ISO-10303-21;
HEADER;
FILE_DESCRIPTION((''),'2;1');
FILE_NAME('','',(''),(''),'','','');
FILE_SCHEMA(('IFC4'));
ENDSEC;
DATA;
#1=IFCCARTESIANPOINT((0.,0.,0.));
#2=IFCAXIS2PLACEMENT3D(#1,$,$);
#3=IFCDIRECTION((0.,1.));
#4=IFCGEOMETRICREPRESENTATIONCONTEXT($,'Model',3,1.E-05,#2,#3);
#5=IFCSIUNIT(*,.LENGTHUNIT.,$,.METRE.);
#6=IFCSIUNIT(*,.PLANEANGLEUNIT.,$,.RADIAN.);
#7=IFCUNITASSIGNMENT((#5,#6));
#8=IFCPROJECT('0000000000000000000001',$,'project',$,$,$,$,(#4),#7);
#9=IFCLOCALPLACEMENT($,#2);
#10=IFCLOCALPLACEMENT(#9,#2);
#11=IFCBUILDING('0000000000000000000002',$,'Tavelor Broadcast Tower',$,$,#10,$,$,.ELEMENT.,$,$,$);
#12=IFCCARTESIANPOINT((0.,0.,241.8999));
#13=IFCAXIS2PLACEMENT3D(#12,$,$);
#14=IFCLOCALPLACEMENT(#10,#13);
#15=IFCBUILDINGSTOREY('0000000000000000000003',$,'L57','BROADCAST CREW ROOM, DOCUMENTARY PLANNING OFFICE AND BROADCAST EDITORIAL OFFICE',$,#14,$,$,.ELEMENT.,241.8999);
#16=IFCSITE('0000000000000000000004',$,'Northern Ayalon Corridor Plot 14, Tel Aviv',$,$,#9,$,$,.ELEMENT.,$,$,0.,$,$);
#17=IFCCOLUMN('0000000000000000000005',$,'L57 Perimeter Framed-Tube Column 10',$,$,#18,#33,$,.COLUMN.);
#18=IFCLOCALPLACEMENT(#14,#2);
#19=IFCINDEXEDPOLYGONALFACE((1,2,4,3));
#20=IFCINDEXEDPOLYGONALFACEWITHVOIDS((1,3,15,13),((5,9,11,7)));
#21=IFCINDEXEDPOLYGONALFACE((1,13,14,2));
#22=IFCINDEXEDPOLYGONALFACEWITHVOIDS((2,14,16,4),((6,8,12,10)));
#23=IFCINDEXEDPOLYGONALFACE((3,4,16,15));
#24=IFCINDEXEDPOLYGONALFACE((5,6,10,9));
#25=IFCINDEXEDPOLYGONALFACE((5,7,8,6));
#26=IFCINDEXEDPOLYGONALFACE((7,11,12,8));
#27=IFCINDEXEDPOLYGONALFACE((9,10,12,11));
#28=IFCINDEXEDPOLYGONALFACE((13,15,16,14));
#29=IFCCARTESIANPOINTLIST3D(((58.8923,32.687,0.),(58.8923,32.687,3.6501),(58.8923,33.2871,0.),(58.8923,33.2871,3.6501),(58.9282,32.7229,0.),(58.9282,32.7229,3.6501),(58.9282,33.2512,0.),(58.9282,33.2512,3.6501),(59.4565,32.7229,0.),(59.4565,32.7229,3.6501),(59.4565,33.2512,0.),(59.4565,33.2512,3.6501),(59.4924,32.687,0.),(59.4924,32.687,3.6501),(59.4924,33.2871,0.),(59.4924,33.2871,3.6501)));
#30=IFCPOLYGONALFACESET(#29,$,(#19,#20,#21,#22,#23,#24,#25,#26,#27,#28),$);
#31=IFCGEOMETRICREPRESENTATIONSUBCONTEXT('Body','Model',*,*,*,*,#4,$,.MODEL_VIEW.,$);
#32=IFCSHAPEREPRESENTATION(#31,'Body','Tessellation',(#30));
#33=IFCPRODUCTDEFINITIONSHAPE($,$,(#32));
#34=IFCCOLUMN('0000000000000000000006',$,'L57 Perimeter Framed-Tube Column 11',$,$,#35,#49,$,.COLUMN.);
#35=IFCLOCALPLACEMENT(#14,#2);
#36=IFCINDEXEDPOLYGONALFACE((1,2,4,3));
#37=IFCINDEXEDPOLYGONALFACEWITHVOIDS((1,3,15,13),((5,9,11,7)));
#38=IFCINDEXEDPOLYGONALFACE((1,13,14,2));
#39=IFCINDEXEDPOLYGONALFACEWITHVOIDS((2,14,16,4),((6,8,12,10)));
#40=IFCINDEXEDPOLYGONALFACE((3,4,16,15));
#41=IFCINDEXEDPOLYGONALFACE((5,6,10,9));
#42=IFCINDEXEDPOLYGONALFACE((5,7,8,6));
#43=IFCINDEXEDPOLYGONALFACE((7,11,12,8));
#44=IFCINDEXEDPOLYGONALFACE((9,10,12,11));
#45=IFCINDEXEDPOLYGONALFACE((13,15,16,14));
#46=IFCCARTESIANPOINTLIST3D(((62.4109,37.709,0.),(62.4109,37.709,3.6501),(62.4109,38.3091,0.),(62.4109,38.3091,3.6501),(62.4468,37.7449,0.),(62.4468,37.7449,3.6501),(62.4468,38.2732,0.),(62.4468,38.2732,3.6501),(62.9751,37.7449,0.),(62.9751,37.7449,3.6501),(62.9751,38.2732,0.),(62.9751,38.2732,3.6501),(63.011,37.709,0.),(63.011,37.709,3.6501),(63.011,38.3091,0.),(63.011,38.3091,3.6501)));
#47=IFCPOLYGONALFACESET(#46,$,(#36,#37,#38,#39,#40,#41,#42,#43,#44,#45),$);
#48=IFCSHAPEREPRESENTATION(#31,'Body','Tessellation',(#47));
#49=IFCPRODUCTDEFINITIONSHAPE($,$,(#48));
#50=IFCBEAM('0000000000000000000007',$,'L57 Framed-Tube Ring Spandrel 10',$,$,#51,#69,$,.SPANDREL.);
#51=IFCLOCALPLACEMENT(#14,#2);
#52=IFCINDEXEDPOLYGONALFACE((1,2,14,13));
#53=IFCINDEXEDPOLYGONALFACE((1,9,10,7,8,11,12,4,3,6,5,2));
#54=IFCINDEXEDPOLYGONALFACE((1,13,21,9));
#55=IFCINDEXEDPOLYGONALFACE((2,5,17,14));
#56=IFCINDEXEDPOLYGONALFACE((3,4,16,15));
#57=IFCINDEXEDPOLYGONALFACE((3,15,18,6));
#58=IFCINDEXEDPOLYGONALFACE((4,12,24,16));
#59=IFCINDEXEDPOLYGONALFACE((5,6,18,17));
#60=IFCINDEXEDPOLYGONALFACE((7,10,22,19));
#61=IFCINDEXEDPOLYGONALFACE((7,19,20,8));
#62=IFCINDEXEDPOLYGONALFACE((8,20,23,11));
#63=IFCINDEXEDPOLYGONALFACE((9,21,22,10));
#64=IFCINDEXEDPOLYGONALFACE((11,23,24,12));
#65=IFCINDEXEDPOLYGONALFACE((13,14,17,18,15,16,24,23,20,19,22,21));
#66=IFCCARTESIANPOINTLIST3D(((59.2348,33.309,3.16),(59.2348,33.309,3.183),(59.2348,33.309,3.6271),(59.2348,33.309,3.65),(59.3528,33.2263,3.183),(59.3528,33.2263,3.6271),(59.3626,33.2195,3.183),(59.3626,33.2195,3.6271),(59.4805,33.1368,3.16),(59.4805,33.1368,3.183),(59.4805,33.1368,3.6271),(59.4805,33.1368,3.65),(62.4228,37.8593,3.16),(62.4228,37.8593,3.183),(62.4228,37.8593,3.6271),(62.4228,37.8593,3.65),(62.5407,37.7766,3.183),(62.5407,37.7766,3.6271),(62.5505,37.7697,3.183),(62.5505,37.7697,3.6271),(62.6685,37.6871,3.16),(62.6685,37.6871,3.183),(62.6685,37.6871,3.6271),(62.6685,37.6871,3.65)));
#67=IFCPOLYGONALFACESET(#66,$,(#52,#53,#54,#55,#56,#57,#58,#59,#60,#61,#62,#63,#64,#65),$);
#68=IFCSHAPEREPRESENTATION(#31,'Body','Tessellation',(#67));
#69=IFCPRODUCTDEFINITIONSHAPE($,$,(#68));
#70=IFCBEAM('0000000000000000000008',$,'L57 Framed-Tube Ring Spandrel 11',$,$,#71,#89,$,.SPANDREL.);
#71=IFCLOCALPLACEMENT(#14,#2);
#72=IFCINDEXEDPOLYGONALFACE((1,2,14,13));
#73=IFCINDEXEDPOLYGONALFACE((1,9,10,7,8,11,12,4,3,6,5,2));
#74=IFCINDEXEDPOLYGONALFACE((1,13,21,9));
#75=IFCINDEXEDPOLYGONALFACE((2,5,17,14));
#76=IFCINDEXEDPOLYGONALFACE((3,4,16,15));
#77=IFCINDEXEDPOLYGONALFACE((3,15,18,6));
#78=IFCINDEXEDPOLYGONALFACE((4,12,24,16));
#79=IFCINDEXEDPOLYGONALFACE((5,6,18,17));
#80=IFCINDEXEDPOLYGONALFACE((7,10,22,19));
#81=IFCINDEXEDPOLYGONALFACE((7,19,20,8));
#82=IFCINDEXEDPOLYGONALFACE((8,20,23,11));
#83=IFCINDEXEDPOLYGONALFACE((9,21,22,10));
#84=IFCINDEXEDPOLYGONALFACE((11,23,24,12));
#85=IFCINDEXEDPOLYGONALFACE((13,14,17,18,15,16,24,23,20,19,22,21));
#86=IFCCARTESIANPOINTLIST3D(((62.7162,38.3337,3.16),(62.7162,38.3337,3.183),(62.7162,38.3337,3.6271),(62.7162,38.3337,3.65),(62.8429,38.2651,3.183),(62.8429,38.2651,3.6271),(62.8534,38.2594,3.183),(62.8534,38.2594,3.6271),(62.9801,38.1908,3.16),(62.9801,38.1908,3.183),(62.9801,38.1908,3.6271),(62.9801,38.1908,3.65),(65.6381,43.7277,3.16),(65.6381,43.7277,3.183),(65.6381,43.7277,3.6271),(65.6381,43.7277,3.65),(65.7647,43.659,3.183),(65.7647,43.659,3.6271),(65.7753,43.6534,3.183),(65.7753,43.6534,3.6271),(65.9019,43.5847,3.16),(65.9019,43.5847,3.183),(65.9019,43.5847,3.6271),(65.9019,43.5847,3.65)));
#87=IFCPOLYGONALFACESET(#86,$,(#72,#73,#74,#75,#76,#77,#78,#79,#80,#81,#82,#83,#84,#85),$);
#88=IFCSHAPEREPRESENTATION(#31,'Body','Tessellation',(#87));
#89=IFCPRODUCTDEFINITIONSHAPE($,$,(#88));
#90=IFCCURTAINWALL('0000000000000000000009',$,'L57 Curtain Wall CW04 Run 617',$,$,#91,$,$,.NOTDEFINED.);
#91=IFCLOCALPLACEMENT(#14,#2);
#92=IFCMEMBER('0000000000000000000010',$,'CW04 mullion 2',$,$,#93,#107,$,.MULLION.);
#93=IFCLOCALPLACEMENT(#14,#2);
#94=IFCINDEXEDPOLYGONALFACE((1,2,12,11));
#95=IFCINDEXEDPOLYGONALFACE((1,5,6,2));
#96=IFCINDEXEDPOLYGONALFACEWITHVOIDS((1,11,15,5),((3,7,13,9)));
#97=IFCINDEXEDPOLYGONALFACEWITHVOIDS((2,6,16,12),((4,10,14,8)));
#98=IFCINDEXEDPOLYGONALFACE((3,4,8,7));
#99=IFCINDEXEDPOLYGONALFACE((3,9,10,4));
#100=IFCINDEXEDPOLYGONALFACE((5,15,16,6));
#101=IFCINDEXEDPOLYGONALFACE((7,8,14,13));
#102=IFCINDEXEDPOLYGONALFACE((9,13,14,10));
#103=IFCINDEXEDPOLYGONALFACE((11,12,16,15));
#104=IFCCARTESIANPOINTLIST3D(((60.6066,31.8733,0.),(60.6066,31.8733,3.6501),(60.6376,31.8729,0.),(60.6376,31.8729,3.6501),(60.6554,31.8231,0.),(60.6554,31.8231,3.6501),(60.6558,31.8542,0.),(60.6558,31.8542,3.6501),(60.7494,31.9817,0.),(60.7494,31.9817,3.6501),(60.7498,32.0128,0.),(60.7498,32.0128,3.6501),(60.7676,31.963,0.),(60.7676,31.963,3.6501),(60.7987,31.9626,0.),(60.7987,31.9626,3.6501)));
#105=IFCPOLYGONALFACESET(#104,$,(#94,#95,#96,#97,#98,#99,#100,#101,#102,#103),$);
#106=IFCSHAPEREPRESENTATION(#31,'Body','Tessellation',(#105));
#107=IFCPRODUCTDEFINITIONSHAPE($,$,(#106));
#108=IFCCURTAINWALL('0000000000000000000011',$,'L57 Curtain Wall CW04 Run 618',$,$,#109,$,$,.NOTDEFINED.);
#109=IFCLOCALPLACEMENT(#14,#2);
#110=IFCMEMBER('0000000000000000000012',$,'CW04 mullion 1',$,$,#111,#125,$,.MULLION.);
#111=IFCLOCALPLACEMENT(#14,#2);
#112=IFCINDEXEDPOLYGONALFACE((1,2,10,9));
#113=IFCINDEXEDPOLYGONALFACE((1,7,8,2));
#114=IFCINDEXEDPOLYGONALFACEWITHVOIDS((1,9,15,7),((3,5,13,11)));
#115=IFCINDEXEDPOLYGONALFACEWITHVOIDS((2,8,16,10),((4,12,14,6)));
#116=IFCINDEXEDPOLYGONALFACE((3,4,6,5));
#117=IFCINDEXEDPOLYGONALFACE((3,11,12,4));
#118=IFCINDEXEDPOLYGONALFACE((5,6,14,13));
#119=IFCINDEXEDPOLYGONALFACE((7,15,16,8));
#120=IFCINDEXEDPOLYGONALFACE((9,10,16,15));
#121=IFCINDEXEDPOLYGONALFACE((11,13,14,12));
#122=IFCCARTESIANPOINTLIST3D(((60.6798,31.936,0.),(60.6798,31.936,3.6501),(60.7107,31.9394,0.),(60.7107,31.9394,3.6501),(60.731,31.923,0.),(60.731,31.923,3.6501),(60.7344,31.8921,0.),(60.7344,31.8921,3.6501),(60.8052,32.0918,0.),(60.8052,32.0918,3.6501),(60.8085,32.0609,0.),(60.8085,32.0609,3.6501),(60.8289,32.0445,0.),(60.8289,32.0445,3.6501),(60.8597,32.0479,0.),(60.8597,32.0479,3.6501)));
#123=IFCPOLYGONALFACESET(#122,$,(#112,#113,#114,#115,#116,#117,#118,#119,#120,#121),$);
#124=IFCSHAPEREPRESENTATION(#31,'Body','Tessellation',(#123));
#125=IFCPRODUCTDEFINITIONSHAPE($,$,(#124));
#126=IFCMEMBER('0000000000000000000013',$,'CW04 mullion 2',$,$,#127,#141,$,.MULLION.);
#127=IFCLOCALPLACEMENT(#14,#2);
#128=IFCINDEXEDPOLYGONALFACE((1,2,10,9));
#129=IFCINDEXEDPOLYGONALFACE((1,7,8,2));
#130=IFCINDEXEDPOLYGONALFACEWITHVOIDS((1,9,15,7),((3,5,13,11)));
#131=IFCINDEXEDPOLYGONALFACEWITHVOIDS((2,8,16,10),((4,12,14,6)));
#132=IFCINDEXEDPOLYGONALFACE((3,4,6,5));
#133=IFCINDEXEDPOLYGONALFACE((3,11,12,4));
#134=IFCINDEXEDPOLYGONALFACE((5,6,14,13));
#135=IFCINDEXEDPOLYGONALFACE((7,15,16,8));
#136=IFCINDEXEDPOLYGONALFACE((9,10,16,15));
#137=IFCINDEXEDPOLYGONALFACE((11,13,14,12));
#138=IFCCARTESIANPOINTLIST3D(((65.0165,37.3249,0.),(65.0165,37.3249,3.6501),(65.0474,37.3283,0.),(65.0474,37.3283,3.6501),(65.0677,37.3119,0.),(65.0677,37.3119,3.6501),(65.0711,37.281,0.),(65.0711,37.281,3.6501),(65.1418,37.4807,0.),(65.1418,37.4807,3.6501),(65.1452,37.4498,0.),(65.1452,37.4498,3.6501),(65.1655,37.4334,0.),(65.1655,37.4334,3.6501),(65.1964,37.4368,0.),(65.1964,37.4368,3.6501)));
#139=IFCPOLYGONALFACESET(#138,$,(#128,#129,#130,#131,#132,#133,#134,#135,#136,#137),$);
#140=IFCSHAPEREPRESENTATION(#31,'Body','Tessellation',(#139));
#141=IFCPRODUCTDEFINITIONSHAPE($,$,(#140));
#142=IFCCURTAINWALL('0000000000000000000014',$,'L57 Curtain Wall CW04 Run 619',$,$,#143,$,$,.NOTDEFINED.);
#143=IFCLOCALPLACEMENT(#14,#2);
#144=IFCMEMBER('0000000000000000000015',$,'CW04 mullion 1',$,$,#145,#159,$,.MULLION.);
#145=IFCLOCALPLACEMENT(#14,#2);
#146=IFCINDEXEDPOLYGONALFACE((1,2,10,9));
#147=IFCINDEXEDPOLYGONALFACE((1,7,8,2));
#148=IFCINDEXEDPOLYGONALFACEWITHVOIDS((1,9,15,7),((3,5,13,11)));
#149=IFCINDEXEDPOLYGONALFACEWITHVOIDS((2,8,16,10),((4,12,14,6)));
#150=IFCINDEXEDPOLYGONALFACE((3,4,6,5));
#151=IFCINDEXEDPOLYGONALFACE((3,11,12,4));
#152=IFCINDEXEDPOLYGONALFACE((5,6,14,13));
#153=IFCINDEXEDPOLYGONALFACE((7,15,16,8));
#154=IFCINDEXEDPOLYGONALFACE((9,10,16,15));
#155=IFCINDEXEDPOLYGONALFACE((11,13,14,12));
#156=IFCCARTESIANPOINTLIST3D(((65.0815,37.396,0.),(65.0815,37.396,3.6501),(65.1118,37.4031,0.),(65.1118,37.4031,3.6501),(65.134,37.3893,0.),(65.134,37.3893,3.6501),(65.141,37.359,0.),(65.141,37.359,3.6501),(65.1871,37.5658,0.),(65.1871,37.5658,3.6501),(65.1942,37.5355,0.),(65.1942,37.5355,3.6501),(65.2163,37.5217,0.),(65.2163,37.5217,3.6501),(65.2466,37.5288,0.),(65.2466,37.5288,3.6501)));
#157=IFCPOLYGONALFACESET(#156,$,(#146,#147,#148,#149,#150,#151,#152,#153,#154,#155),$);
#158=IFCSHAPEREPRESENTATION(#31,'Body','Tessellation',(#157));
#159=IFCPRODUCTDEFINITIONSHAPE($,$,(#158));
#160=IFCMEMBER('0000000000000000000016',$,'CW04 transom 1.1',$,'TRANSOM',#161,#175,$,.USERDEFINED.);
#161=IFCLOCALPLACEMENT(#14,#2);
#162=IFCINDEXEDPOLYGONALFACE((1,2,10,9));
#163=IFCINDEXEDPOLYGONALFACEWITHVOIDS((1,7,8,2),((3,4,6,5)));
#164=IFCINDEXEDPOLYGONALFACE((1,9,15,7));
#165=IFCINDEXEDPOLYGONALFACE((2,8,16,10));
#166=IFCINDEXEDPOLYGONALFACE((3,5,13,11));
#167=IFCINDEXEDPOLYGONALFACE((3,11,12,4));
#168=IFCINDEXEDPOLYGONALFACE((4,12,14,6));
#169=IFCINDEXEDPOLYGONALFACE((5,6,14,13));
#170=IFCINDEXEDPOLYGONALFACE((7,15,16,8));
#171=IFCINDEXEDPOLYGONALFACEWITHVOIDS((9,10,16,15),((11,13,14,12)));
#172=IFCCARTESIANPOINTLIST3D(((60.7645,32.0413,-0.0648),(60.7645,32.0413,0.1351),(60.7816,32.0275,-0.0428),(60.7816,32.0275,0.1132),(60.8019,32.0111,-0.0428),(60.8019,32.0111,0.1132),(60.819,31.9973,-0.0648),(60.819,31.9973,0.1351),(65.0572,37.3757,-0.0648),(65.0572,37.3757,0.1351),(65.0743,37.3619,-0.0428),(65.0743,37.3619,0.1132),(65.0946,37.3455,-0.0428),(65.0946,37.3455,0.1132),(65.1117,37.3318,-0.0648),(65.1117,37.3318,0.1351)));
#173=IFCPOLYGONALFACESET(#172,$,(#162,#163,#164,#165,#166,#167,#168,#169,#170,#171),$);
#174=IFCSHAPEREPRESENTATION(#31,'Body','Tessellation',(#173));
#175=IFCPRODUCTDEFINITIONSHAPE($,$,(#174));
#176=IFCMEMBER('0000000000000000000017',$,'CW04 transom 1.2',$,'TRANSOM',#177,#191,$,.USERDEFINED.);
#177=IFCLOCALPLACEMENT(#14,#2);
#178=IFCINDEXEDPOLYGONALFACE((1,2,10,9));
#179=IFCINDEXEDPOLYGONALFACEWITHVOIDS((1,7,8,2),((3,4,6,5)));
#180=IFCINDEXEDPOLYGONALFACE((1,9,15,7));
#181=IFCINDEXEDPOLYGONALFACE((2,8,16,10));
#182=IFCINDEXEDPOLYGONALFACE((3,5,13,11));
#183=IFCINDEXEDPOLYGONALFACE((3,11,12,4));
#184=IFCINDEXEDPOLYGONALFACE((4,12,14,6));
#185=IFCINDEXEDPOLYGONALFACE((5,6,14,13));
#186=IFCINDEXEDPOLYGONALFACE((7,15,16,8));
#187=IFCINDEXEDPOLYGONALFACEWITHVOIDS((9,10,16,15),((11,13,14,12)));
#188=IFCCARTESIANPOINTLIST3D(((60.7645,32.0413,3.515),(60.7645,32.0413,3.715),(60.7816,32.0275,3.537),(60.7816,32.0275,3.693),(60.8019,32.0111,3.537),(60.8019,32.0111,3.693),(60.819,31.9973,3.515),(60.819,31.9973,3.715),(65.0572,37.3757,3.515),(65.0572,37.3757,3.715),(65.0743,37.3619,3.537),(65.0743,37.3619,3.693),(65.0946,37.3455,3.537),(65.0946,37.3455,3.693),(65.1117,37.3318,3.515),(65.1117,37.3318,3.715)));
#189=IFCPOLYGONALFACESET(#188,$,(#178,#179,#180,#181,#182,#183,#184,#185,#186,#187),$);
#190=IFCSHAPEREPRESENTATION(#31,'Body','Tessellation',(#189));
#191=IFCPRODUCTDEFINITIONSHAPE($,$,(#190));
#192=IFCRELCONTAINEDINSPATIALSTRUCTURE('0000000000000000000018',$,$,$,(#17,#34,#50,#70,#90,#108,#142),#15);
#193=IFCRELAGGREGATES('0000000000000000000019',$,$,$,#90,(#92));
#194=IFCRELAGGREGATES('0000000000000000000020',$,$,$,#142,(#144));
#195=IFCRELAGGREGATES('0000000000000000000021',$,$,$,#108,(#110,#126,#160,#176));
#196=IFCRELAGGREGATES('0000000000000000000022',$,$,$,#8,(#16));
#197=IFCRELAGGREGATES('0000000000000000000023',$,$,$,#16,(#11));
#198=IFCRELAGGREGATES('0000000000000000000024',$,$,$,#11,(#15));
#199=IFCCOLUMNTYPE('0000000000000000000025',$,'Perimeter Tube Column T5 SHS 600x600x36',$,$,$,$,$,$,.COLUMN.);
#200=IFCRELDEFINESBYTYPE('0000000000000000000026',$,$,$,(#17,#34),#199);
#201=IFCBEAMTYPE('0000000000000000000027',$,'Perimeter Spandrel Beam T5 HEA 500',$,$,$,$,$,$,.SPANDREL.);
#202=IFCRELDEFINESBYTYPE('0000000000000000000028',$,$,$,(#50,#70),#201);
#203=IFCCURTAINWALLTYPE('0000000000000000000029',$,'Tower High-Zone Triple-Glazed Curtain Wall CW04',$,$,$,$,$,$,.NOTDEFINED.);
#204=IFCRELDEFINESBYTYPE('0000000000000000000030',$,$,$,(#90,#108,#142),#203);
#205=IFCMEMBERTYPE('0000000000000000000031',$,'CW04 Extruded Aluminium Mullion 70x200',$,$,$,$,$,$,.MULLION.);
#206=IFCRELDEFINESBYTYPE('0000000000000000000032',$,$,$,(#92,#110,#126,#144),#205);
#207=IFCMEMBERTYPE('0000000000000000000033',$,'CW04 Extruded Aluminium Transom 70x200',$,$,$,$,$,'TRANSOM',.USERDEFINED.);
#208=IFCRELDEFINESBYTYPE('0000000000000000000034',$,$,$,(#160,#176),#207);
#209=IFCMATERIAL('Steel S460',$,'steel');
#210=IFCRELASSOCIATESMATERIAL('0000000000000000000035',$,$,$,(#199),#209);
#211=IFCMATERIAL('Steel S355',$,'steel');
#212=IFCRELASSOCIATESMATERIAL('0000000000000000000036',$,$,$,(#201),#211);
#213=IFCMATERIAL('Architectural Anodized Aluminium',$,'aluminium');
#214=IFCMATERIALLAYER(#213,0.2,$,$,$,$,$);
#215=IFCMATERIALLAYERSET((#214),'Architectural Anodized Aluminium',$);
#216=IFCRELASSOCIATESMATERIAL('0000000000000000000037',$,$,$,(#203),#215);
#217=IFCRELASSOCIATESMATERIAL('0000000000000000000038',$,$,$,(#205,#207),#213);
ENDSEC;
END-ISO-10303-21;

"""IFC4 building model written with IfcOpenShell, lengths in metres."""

from ifc_helpers import new_model, si_unit, direction, frame, origin, origin_2d, place, context, subcontext, project, spatial, hollow_rectangle, i_section, extrude, source, transform, mapped, material, layer, layer_set, material_profile, profile_set, type_object, type_shapes, element, aggregate, save


model = new_model("IFC4")

# Units and contexts
model_context = context("Model", 3, precision=1e-05, world=origin(), true_north=direction((0.0, 1.0)))
body_context = subcontext(model_context, "Body", "Model", "MODEL_VIEW")
ifc_project = project(units=[si_unit("LENGTHUNIT", "METRE"), si_unit("PLANEANGLEUNIT", "RADIAN")], contexts=[model_context])

# Site, building, storey
site_placement = place(None, origin())
site = spatial("IfcSite", under=ifc_project, at=site_placement, Name="Northern Ayalon Corridor Plot 14, Tel Aviv", CompositionType="ELEMENT", RefElevation=0.0)
building_placement = place(site_placement, origin())
building = spatial("IfcBuilding", under=site, at=building_placement, Name="Tavelor Broadcast Tower", CompositionType="ELEMENT")
storey_placement = place(building_placement, frame((0.0, 0.0, 241.8999)))
storey = spatial("IfcBuildingStorey", under=building, at=storey_placement, Name="L57", Description="BROADCAST CREW ROOM, DOCUMENTARY PLANNING OFFICE AND BROADCAST EDITORIAL OFFICE", CompositionType="ELEMENT", Elevation=241.8999)

# Columns
ifc_material_1 = material(Name="Steel S460", Category="steel")
ifc_material_profile_1 = material_profile(ifc_material_1, hollow_rectangle(XDim=0.6001, YDim=0.6001, WallThickness=0.0359, at=origin_2d()), Name="SHS 600x600x36")
ifc_profile_set_1 = profile_set([ifc_material_profile_1], Name="Steel S460")
column_type = type_object("IfcColumnType", Name="Perimeter Tube Column T5 SHS 600x600x36", PredefinedType="COLUMN", material=ifc_profile_set_1)
for number, where, z_axis, x_axis, name in (
    (1, (59.1924, 32.9871, 0.0), (0.0, 0.0, 1.0), (1.0, 0.0, 0.0), "L57 Perimeter Framed-Tube Column 10"),
    (2, (62.7109, 38.009, 0.0), (0.0, 0.0, 1.0), (1.0, 0.0, 0.0), "L57 Perimeter Framed-Tube Column 11"),
):
    element("IfcColumn", number, at=place(storey_placement, frame(where, z_axis=z_axis, x_axis=x_axis)), inside=storey, type_object=column_type, Name=name, PredefinedType="COLUMN", context=body_context, shape_type="SweptSolid", body=[
        extrude(hollow_rectangle(XDim=0.6001, YDim=0.6001, WallThickness=0.0359, at=origin_2d()), origin(), (0.0, 0.0, 1.0), 3.6501),
    ])

# Beams
ifc_material_2 = material(Name="Steel S355", Category="steel")
ifc_material_profile_2 = material_profile(ifc_material_2, i_section(OverallWidth=0.3, OverallDepth=0.49, WebThickness=0.012, FlangeThickness=0.0229, at=origin_2d()), Name="HEA 500")
ifc_profile_set_2 = profile_set([ifc_material_profile_2], Name="Steel S355")
beam_type = type_object("IfcBeamType", Name="Perimeter Spandrel Beam T5 HEA 500", PredefinedType="SPANDREL", material=ifc_profile_set_2)
beam_1_placement = place(storey_placement, frame((59.3577, 33.2229, 3.405), z_axis=(0.573798, 0.818997, 0.0), x_axis=(-0.818997, 0.573798, 0.0)))
element("IfcBeam", 3, at=beam_1_placement, inside=storey, type_object=beam_type, Name="L57 Framed-Tube Ring Spandrel 10", PredefinedType="SPANDREL", context=body_context, shape_type="SweptSolid", body=[
    extrude(i_section(OverallWidth=0.3, OverallDepth=0.49, WebThickness=0.012, FlangeThickness=0.0229, at=origin_2d()), origin(), (0.0, 0.0, 1.0), 5.5559),
])
beam_2_placement = place(storey_placement, frame((62.8481, 38.2622, 3.405), z_axis=(0.476296, 0.879285, 0.0), x_axis=(-0.879285, 0.476296, 0.0)))
element("IfcBeam", 4, at=beam_2_placement, inside=storey, type_object=beam_type, Name="L57 Framed-Tube Ring Spandrel 11", PredefinedType="SPANDREL", context=body_context, shape_type="SweptSolid", body=[
    extrude(i_section(OverallWidth=0.3, OverallDepth=0.49, WebThickness=0.012, FlangeThickness=0.0229, at=origin_2d()), origin(), (0.0, 0.0, 1.0), 6.1345),
])

# Curtain wall, member
ifc_material_3 = material(Name="Architectural Anodized Aluminium", Category="aluminium")
ifc_layer_1 = layer(ifc_material_3, 0.2)
ifc_layer_set_1 = layer_set([ifc_layer_1], Name="Architectural Anodized Aluminium")
curtain_wall_type = type_object("IfcCurtainWallType", Name="Tower High-Zone Triple-Glazed Curtain Wall CW04", PredefinedType="NOTDEFINED", material=ifc_layer_set_1)
curtain_wall_1_placement = place(storey_placement, origin())
curtain_wall_1 = element("IfcCurtainWall", 5, at=curtain_wall_1_placement, inside=storey, type_object=curtain_wall_type, Name="L57 Curtain Wall CW04 Run 617", PredefinedType="NOTDEFINED")
ifc_material_profile_3 = material_profile(ifc_material_3, hollow_rectangle(XDim=0.0701, YDim=0.2, WallThickness=0.022, at=origin_2d()), Name="RHS 70x200x22")
ifc_profile_set_3 = profile_set([ifc_material_profile_3], Name="Architectural Anodized Aluminium")
member_type_1 = type_object("IfcMemberType", Name="CW04 Extruded Aluminium Mullion 70x200", PredefinedType="MULLION", material=ifc_profile_set_3)
shared_shape_1 = source(origin(), body_context, "Body", "SweptSolid", [
    extrude(hollow_rectangle(XDim=0.0701, YDim=0.2, WallThickness=0.022, at=origin_2d()), origin(), (0.0, 0.0, 1.0), 3.6501),
])
type_shapes(member_type_1, [shared_shape_1])
member_1_placement = place(storey_placement, frame((60.7026, 31.918, 0.0), z_axis=(0.0, 0.0, 1.0), x_axis=(-0.697474, 0.716611, 0.0)))
member_1 = element("IfcMember", 6, at=member_1_placement, type_object=member_type_1, Name="CW04 mullion 2", PredefinedType="MULLION", context=body_context, shape_type="MappedRepresentation", body=[
    mapped(shared_shape_1, transform((0.0, 0.0, 0.0), scale=1.0)),
])
aggregate(curtain_wall_1, [member_1])

# Curtain wall, members
curtain_wall_2_placement = place(storey_placement, origin())
curtain_wall_2 = element("IfcCurtainWall", 7, at=curtain_wall_2_placement, inside=storey, type_object=curtain_wall_type, Name="L57 Curtain Wall CW04 Run 618", PredefinedType="NOTDEFINED")
member_2_placement = place(storey_placement, frame((60.7698, 31.9919, 0.0), z_axis=(0.0, 0.0, 1.0), x_axis=(-0.779071, 0.626935, 0.0)))
member_2 = element("IfcMember", 8, at=member_2_placement, type_object=member_type_1, Name="CW04 mullion 1", PredefinedType="MULLION", context=body_context, shape_type="MappedRepresentation", body=[
    mapped(shared_shape_1, transform((0.0, 0.0, 0.0), scale=1.0)),
])
member_3_placement = place(storey_placement, frame((65.1064, 37.3809, 0.0), z_axis=(0.0, 0.0, 1.0), x_axis=(-0.779071, 0.626935, 0.0)))
member_3 = element("IfcMember", 9, at=member_3_placement, type_object=member_type_1, Name="CW04 mullion 2", PredefinedType="MULLION", context=body_context, shape_type="MappedRepresentation", body=[
    mapped(shared_shape_1, transform((0.0, 0.0, 0.0), scale=1.0)),
])

# Curtain wall, member
curtain_wall_3_placement = place(storey_placement, origin())
curtain_wall_3 = element("IfcCurtainWall", 10, at=curtain_wall_3_placement, inside=storey, type_object=curtain_wall_type, Name="L57 Curtain Wall CW04 Run 619", PredefinedType="NOTDEFINED")
member_4_placement = place(storey_placement, frame((65.1641, 37.4624, 0.0), z_axis=(0.0, 0.0, 1.0), x_axis=(-0.849201, 0.528069, 0.0)))
member_4 = element("IfcMember", 11, at=member_4_placement, type_object=member_type_1, Name="CW04 mullion 1", PredefinedType="MULLION", context=body_context, shape_type="MappedRepresentation", body=[
    mapped(shared_shape_1, transform((0.0, 0.0, 0.0), scale=1.0)),
])

# Members
ifc_material_profile_4 = material_profile(ifc_material_3, hollow_rectangle(XDim=0.0701, YDim=0.2, WallThickness=0.022, at=origin_2d()), Name="RHS 70x200x22")
ifc_profile_set_4 = profile_set([ifc_material_profile_4], Name="Architectural Anodized Aluminium")
member_type_2 = type_object("IfcMemberType", Name="CW04 Extruded Aluminium Transom 70x200", ElementType="TRANSOM", PredefinedType="USERDEFINED", material=ifc_profile_set_4)
shared_shape_2 = source(origin(), body_context, "Body", "SweptSolid", [
    extrude(hollow_rectangle(XDim=0.0701, YDim=0.2, WallThickness=0.022, at=origin_2d()), origin(), (0.0, 0.0, 1.0), 6.8472),
])
type_shapes(member_type_2, [shared_shape_2])
member_5_placement = place(storey_placement, frame((60.7917, 32.0193, 0.0352), z_axis=(0.626932, 0.779074, 0.0), x_axis=(-0.779074, 0.626932, 0.0)))
member_5 = element("IfcMember", 12, at=member_5_placement, type_object=member_type_2, Name="CW04 transom 1.1", ObjectType="TRANSOM", PredefinedType="USERDEFINED", context=body_context, shape_type="MappedRepresentation", body=[
    mapped(shared_shape_2, transform((0.0, 0.0, 0.0), scale=1.0)),
])
member_6_placement = place(storey_placement, frame((60.7917, 32.0193, 3.615), z_axis=(0.626932, 0.779074, 0.0), x_axis=(-0.779074, 0.626932, 0.0)))
member_6 = element("IfcMember", 13, at=member_6_placement, type_object=member_type_2, Name="CW04 transom 1.2", ObjectType="TRANSOM", PredefinedType="USERDEFINED", context=body_context, shape_type="MappedRepresentation", body=[
    mapped(shared_shape_2, transform((0.0, 0.0, 0.0), scale=1.0)),
])
aggregate(curtain_wall_3, [member_4])

aggregate(curtain_wall_2, [member_2, member_3, member_5, member_6])

save(model, "model.ifc")
